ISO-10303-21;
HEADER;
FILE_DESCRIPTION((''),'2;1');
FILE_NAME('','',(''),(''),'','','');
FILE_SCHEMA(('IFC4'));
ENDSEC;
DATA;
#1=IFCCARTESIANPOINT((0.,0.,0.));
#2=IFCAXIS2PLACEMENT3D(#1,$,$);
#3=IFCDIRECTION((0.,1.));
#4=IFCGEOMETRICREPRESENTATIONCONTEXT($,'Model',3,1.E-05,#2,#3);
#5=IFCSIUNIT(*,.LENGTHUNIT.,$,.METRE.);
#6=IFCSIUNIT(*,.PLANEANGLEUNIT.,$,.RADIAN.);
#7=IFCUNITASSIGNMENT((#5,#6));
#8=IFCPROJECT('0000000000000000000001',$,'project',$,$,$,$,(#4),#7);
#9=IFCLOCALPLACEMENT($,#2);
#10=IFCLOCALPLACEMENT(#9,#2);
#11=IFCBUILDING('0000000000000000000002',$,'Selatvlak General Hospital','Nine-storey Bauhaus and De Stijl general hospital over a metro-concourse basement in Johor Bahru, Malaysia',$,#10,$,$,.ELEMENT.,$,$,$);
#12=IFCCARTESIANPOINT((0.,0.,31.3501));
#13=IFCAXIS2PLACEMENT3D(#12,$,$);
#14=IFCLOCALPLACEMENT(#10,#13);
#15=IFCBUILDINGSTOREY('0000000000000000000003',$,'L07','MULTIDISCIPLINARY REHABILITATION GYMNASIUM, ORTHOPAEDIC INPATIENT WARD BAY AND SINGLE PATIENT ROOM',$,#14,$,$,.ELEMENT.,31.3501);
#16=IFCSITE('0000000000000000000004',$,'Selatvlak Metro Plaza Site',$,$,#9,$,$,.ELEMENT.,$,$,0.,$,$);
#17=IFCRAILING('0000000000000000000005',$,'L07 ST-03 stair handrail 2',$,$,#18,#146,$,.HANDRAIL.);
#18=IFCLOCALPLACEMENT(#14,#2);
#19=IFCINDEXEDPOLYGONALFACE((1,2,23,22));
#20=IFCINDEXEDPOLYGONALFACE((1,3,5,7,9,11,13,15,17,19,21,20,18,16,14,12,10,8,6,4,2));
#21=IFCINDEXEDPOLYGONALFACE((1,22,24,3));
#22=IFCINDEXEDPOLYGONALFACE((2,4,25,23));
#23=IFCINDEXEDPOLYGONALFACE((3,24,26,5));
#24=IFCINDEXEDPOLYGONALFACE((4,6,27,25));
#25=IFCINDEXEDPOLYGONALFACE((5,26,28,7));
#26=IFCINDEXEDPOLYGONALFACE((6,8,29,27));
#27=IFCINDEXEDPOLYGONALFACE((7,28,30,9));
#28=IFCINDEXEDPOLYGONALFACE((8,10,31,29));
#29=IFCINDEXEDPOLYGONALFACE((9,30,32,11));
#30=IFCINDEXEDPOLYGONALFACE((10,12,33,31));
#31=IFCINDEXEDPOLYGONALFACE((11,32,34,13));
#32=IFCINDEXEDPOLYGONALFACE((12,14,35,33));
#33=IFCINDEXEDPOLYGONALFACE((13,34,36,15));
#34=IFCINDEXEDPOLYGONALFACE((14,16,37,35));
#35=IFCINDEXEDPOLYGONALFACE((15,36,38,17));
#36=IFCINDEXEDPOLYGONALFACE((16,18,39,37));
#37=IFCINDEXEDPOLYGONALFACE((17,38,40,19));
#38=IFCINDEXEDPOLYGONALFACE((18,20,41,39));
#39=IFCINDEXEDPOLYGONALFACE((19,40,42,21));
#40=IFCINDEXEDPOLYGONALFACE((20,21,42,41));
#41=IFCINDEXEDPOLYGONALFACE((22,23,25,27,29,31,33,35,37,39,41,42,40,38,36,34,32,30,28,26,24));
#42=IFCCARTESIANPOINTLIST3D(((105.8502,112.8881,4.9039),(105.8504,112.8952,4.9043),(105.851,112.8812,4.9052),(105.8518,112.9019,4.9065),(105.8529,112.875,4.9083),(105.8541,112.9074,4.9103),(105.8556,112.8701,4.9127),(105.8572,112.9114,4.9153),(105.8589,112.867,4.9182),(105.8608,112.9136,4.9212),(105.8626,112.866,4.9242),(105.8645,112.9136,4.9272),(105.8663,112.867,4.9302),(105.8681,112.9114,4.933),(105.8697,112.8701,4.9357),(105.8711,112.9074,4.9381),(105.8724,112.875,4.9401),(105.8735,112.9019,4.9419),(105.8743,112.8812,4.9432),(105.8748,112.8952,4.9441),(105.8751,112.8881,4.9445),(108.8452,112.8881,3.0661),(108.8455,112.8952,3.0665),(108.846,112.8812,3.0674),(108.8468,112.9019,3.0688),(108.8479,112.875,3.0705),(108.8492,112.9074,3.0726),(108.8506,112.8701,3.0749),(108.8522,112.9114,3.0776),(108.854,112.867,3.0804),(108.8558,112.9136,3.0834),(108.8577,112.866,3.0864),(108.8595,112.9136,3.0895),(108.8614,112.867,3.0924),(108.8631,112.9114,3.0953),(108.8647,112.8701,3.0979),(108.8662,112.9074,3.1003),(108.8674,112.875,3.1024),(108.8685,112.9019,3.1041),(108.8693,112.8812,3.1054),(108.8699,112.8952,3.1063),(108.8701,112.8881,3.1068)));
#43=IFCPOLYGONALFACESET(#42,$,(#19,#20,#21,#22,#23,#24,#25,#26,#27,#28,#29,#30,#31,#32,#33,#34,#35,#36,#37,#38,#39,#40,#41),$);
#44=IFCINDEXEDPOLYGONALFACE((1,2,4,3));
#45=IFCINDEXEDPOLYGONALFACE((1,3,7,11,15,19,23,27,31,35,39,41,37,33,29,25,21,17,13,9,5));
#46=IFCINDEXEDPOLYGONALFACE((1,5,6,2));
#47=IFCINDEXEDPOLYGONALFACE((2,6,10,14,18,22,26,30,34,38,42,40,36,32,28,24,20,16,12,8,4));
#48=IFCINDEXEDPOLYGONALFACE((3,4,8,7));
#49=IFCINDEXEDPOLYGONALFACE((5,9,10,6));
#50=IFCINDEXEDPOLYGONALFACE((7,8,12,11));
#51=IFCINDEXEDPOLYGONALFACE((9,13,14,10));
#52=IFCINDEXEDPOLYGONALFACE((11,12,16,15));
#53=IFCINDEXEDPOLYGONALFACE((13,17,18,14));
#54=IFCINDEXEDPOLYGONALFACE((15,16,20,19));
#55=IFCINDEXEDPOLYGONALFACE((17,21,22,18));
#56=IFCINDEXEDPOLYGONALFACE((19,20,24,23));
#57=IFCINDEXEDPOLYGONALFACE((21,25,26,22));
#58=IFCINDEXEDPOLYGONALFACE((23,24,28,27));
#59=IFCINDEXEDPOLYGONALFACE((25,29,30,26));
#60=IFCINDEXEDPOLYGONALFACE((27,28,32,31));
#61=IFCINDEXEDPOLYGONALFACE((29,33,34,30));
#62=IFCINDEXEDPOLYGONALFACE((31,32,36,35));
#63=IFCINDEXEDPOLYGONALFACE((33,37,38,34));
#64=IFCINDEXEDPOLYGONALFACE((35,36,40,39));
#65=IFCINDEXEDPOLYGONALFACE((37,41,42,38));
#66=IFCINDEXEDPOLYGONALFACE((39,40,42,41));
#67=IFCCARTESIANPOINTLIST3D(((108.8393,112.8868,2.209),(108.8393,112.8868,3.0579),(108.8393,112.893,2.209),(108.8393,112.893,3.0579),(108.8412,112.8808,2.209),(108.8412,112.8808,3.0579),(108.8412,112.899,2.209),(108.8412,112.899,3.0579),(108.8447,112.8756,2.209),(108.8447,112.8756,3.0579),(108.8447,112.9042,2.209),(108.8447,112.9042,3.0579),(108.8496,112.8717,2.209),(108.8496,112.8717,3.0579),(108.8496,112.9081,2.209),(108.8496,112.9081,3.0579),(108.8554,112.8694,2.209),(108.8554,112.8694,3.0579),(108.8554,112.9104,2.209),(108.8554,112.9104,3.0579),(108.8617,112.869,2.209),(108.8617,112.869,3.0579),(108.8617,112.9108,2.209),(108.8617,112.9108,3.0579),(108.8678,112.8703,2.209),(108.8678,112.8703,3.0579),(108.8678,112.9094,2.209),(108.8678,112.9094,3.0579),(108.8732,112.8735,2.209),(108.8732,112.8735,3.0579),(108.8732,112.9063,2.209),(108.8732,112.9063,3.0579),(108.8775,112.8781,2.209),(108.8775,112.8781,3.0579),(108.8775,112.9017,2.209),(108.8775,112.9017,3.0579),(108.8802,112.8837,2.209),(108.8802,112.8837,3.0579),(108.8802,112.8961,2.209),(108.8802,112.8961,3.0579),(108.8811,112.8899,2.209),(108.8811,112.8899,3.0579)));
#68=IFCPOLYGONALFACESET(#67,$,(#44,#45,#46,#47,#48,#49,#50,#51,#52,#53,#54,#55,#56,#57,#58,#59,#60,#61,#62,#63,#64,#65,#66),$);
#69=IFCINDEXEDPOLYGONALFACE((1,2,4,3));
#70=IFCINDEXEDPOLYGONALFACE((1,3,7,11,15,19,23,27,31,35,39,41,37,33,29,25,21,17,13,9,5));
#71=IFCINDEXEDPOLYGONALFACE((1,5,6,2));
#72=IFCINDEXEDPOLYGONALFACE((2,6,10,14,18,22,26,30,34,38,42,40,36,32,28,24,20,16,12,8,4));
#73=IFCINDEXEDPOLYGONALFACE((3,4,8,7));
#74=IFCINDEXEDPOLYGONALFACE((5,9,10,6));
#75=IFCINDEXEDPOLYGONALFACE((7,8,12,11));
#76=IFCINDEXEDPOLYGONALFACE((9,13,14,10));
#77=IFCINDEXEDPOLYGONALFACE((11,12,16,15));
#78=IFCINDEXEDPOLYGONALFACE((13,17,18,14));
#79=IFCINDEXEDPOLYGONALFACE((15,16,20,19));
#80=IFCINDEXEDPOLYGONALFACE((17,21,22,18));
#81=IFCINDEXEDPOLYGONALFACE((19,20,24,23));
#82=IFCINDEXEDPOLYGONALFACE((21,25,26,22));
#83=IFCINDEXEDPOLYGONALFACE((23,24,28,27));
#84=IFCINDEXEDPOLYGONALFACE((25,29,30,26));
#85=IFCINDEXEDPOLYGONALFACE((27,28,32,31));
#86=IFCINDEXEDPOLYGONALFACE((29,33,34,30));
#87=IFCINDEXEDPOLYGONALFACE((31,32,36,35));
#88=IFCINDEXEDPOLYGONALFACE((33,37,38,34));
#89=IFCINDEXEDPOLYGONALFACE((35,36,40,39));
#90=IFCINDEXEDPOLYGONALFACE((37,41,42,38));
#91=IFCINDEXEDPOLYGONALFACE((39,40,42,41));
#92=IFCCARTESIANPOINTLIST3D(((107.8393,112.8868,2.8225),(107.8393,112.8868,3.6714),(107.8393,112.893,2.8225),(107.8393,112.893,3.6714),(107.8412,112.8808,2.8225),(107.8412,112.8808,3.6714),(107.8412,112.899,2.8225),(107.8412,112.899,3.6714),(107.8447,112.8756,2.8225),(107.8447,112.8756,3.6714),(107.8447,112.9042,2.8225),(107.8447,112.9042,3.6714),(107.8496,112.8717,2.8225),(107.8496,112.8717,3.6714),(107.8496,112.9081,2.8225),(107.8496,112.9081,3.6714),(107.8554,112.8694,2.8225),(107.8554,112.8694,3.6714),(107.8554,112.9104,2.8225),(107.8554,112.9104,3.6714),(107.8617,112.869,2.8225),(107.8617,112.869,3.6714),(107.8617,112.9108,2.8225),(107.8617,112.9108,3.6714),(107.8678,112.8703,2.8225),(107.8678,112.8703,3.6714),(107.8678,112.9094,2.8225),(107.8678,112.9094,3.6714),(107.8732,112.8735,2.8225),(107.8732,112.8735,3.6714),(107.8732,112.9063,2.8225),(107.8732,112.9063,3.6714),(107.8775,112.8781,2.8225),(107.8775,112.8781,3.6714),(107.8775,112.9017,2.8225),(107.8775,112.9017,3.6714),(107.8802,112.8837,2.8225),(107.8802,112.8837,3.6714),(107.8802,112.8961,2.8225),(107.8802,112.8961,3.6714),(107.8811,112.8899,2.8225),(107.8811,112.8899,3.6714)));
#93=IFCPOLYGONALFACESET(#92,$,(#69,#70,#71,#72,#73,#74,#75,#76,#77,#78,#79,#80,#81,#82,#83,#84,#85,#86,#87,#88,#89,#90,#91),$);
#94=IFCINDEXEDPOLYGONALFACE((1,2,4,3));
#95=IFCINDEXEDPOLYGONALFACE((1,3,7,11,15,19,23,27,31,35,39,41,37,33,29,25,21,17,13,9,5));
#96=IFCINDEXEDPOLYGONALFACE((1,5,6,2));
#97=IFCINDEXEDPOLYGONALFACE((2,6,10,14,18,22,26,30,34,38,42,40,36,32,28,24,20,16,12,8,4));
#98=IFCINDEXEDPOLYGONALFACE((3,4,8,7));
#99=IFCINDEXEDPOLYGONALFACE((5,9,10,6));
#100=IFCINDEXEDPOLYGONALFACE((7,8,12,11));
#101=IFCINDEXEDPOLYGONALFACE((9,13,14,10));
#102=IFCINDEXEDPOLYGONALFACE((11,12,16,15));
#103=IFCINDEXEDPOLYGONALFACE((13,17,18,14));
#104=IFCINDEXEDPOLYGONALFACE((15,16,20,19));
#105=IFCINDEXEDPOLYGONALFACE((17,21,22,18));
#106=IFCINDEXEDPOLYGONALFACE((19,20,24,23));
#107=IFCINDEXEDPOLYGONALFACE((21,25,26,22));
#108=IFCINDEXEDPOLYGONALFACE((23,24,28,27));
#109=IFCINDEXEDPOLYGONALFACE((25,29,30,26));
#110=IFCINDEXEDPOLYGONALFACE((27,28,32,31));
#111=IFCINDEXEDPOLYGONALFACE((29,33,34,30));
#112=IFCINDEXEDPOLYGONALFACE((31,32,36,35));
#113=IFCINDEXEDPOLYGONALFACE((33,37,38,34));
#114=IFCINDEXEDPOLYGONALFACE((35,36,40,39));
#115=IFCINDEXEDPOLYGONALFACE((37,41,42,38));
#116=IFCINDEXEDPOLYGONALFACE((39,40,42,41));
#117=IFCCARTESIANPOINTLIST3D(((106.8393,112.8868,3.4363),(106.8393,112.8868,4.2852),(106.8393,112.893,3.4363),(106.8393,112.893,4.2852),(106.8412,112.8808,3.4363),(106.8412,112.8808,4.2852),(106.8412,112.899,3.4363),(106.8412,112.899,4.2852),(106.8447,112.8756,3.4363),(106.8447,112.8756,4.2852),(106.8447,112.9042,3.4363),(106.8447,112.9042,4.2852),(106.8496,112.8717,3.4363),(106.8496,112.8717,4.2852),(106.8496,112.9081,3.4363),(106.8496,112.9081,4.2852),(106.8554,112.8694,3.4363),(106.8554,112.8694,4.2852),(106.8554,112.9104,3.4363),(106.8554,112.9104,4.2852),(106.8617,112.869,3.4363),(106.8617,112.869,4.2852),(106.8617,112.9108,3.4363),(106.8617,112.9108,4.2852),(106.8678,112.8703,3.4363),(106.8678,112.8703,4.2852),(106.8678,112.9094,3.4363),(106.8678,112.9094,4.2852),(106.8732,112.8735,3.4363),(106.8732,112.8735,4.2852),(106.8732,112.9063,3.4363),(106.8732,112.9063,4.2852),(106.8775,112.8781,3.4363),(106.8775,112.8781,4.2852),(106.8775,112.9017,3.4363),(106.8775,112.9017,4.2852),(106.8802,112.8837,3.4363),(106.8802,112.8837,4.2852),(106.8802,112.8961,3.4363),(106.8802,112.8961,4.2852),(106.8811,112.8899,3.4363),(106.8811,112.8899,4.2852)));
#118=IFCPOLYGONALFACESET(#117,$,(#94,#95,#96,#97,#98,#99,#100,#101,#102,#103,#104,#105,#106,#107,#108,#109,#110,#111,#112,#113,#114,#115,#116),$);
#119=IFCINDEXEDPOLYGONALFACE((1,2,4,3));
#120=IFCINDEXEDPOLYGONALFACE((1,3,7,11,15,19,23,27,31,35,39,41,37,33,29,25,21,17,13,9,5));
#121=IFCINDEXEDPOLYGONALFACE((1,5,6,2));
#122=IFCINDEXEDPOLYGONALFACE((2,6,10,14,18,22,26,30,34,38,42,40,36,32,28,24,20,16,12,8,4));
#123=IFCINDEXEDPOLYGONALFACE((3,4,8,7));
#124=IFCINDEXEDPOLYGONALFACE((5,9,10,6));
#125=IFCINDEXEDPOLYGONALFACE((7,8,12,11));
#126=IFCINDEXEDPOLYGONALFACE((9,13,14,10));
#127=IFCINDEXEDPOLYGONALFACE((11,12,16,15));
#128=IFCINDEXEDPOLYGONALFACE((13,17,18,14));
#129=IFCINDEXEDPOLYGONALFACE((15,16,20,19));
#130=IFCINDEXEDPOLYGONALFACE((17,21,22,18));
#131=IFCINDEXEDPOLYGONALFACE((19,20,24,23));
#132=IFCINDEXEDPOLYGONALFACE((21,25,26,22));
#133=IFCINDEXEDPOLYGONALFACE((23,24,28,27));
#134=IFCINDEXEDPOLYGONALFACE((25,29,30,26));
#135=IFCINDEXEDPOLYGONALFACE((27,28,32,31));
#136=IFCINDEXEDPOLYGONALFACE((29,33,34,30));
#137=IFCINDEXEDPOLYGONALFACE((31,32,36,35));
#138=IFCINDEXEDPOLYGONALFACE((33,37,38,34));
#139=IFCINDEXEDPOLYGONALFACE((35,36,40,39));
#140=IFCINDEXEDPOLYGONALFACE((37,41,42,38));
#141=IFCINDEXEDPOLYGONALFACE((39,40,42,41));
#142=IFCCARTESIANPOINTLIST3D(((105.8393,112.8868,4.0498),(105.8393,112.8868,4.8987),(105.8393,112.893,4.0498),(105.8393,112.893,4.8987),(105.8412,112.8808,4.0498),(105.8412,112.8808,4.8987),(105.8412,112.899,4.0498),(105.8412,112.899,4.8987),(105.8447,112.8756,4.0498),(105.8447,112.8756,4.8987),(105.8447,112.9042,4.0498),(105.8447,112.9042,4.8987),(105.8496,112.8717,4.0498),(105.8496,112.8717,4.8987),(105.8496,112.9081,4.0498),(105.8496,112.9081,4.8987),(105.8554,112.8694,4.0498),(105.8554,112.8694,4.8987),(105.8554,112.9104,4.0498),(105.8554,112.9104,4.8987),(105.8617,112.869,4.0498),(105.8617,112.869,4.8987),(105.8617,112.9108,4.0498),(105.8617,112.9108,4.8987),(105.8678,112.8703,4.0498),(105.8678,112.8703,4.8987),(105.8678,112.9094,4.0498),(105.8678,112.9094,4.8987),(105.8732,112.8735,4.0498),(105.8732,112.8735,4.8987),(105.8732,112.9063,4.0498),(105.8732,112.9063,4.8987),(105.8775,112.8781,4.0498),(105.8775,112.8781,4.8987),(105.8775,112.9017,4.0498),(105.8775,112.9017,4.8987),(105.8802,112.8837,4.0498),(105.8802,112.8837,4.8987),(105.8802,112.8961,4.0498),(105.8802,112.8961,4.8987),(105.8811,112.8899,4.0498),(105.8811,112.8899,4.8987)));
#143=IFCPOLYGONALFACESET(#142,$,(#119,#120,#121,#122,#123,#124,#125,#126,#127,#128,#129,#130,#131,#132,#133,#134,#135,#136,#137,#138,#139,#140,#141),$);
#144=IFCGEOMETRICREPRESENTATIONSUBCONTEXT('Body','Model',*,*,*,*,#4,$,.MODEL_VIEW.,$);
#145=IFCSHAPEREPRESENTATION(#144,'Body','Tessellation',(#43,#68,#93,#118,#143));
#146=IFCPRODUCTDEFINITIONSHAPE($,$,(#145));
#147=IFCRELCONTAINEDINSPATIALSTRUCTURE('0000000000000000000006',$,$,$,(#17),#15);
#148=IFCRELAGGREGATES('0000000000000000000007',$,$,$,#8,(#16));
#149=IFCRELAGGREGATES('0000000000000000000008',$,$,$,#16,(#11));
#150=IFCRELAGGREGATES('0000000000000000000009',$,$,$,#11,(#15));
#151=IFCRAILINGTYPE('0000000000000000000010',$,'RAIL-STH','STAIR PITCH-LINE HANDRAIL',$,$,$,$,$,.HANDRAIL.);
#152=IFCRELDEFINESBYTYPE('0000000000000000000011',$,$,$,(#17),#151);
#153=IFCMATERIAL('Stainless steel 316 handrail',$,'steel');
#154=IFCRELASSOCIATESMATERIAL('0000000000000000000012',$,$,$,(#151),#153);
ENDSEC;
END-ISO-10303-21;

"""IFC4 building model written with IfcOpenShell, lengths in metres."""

from ifc_helpers import new_model, si_unit, direction, frame, origin, origin_2d, place, context, subcontext, project, spatial, circle, extrude, material, type_object, element, save


model = new_model("IFC4")

# Units and contexts
model_context = context("Model", 3, precision=1e-05, world=origin(), true_north=direction((0.0, 1.0)))
body_context = subcontext(model_context, "Body", "Model", "MODEL_VIEW")
ifc_project = project(units=[si_unit("LENGTHUNIT", "METRE"), si_unit("PLANEANGLEUNIT", "RADIAN")], contexts=[model_context])

# Site, building, storey
site_placement = place(None, origin())
site = spatial("IfcSite", under=ifc_project, at=site_placement, Name="Selatvlak Metro Plaza Site", CompositionType="ELEMENT", RefElevation=0.0)
building_placement = place(site_placement, origin())
building = spatial("IfcBuilding", under=site, at=building_placement, Name="Selatvlak General Hospital", Description="Nine-storey Bauhaus and De Stijl general hospital over a metro-concourse basement in Johor Bahru, Malaysia", CompositionType="ELEMENT")
storey_placement = place(building_placement, frame((0.0, 0.0, 31.3501)))
storey = spatial("IfcBuildingStorey", under=building, at=storey_placement, Name="L07", Description="MULTIDISCIPLINARY REHABILITATION GYMNASIUM, ORTHOPAEDIC INPATIENT WARD BAY AND SINGLE PATIENT ROOM", CompositionType="ELEMENT", Elevation=31.3501)

# Railing
ifc_material_1 = material(Name="Stainless steel 316 handrail", Category="steel")
railing_type_1 = type_object("IfcRailingType", Name="RAIL-STH", Description="STAIR PITCH-LINE HANDRAIL", PredefinedType="HANDRAIL", material=ifc_material_1)
railing_1_placement = place(storey_placement, frame((108.8601, 112.8899, 2.209)))
element("IfcRailing", 1, at=railing_1_placement, inside=storey, type_object=railing_type_1, Name="L07 ST-03 stair handrail 2", PredefinedType="HANDRAIL", context=body_context, shape_type="SweptSolid", body=[
    extrude(circle(Radius=0.0239, at=origin_2d()), frame((-0.0024, 0.0, 0.8774), z_axis=(-0.852334, 0.0, 0.522998), x_axis=(0.0, -1.0, 0.0)), (0.0, 0.0, 1.0), 3.5139),
    extrude(circle(Radius=0.021, at=origin_2d()), origin(), (0.0, 0.0, 1.0), 0.8489),
    extrude(circle(Radius=0.021, at=origin_2d()), frame((-1.0, 0.0, 0.6135)), (0.0, 0.0, 1.0), 0.8489),
    extrude(circle(Radius=0.021, at=origin_2d()), frame((-2.0, 0.0, 1.2273)), (0.0, 0.0, 1.0), 0.8489),
    extrude(circle(Radius=0.021, at=origin_2d()), frame((-3.0, 0.0, 1.8408)), (0.0, 0.0, 1.0), 0.8489),
])

save(model, "model.ifc")
